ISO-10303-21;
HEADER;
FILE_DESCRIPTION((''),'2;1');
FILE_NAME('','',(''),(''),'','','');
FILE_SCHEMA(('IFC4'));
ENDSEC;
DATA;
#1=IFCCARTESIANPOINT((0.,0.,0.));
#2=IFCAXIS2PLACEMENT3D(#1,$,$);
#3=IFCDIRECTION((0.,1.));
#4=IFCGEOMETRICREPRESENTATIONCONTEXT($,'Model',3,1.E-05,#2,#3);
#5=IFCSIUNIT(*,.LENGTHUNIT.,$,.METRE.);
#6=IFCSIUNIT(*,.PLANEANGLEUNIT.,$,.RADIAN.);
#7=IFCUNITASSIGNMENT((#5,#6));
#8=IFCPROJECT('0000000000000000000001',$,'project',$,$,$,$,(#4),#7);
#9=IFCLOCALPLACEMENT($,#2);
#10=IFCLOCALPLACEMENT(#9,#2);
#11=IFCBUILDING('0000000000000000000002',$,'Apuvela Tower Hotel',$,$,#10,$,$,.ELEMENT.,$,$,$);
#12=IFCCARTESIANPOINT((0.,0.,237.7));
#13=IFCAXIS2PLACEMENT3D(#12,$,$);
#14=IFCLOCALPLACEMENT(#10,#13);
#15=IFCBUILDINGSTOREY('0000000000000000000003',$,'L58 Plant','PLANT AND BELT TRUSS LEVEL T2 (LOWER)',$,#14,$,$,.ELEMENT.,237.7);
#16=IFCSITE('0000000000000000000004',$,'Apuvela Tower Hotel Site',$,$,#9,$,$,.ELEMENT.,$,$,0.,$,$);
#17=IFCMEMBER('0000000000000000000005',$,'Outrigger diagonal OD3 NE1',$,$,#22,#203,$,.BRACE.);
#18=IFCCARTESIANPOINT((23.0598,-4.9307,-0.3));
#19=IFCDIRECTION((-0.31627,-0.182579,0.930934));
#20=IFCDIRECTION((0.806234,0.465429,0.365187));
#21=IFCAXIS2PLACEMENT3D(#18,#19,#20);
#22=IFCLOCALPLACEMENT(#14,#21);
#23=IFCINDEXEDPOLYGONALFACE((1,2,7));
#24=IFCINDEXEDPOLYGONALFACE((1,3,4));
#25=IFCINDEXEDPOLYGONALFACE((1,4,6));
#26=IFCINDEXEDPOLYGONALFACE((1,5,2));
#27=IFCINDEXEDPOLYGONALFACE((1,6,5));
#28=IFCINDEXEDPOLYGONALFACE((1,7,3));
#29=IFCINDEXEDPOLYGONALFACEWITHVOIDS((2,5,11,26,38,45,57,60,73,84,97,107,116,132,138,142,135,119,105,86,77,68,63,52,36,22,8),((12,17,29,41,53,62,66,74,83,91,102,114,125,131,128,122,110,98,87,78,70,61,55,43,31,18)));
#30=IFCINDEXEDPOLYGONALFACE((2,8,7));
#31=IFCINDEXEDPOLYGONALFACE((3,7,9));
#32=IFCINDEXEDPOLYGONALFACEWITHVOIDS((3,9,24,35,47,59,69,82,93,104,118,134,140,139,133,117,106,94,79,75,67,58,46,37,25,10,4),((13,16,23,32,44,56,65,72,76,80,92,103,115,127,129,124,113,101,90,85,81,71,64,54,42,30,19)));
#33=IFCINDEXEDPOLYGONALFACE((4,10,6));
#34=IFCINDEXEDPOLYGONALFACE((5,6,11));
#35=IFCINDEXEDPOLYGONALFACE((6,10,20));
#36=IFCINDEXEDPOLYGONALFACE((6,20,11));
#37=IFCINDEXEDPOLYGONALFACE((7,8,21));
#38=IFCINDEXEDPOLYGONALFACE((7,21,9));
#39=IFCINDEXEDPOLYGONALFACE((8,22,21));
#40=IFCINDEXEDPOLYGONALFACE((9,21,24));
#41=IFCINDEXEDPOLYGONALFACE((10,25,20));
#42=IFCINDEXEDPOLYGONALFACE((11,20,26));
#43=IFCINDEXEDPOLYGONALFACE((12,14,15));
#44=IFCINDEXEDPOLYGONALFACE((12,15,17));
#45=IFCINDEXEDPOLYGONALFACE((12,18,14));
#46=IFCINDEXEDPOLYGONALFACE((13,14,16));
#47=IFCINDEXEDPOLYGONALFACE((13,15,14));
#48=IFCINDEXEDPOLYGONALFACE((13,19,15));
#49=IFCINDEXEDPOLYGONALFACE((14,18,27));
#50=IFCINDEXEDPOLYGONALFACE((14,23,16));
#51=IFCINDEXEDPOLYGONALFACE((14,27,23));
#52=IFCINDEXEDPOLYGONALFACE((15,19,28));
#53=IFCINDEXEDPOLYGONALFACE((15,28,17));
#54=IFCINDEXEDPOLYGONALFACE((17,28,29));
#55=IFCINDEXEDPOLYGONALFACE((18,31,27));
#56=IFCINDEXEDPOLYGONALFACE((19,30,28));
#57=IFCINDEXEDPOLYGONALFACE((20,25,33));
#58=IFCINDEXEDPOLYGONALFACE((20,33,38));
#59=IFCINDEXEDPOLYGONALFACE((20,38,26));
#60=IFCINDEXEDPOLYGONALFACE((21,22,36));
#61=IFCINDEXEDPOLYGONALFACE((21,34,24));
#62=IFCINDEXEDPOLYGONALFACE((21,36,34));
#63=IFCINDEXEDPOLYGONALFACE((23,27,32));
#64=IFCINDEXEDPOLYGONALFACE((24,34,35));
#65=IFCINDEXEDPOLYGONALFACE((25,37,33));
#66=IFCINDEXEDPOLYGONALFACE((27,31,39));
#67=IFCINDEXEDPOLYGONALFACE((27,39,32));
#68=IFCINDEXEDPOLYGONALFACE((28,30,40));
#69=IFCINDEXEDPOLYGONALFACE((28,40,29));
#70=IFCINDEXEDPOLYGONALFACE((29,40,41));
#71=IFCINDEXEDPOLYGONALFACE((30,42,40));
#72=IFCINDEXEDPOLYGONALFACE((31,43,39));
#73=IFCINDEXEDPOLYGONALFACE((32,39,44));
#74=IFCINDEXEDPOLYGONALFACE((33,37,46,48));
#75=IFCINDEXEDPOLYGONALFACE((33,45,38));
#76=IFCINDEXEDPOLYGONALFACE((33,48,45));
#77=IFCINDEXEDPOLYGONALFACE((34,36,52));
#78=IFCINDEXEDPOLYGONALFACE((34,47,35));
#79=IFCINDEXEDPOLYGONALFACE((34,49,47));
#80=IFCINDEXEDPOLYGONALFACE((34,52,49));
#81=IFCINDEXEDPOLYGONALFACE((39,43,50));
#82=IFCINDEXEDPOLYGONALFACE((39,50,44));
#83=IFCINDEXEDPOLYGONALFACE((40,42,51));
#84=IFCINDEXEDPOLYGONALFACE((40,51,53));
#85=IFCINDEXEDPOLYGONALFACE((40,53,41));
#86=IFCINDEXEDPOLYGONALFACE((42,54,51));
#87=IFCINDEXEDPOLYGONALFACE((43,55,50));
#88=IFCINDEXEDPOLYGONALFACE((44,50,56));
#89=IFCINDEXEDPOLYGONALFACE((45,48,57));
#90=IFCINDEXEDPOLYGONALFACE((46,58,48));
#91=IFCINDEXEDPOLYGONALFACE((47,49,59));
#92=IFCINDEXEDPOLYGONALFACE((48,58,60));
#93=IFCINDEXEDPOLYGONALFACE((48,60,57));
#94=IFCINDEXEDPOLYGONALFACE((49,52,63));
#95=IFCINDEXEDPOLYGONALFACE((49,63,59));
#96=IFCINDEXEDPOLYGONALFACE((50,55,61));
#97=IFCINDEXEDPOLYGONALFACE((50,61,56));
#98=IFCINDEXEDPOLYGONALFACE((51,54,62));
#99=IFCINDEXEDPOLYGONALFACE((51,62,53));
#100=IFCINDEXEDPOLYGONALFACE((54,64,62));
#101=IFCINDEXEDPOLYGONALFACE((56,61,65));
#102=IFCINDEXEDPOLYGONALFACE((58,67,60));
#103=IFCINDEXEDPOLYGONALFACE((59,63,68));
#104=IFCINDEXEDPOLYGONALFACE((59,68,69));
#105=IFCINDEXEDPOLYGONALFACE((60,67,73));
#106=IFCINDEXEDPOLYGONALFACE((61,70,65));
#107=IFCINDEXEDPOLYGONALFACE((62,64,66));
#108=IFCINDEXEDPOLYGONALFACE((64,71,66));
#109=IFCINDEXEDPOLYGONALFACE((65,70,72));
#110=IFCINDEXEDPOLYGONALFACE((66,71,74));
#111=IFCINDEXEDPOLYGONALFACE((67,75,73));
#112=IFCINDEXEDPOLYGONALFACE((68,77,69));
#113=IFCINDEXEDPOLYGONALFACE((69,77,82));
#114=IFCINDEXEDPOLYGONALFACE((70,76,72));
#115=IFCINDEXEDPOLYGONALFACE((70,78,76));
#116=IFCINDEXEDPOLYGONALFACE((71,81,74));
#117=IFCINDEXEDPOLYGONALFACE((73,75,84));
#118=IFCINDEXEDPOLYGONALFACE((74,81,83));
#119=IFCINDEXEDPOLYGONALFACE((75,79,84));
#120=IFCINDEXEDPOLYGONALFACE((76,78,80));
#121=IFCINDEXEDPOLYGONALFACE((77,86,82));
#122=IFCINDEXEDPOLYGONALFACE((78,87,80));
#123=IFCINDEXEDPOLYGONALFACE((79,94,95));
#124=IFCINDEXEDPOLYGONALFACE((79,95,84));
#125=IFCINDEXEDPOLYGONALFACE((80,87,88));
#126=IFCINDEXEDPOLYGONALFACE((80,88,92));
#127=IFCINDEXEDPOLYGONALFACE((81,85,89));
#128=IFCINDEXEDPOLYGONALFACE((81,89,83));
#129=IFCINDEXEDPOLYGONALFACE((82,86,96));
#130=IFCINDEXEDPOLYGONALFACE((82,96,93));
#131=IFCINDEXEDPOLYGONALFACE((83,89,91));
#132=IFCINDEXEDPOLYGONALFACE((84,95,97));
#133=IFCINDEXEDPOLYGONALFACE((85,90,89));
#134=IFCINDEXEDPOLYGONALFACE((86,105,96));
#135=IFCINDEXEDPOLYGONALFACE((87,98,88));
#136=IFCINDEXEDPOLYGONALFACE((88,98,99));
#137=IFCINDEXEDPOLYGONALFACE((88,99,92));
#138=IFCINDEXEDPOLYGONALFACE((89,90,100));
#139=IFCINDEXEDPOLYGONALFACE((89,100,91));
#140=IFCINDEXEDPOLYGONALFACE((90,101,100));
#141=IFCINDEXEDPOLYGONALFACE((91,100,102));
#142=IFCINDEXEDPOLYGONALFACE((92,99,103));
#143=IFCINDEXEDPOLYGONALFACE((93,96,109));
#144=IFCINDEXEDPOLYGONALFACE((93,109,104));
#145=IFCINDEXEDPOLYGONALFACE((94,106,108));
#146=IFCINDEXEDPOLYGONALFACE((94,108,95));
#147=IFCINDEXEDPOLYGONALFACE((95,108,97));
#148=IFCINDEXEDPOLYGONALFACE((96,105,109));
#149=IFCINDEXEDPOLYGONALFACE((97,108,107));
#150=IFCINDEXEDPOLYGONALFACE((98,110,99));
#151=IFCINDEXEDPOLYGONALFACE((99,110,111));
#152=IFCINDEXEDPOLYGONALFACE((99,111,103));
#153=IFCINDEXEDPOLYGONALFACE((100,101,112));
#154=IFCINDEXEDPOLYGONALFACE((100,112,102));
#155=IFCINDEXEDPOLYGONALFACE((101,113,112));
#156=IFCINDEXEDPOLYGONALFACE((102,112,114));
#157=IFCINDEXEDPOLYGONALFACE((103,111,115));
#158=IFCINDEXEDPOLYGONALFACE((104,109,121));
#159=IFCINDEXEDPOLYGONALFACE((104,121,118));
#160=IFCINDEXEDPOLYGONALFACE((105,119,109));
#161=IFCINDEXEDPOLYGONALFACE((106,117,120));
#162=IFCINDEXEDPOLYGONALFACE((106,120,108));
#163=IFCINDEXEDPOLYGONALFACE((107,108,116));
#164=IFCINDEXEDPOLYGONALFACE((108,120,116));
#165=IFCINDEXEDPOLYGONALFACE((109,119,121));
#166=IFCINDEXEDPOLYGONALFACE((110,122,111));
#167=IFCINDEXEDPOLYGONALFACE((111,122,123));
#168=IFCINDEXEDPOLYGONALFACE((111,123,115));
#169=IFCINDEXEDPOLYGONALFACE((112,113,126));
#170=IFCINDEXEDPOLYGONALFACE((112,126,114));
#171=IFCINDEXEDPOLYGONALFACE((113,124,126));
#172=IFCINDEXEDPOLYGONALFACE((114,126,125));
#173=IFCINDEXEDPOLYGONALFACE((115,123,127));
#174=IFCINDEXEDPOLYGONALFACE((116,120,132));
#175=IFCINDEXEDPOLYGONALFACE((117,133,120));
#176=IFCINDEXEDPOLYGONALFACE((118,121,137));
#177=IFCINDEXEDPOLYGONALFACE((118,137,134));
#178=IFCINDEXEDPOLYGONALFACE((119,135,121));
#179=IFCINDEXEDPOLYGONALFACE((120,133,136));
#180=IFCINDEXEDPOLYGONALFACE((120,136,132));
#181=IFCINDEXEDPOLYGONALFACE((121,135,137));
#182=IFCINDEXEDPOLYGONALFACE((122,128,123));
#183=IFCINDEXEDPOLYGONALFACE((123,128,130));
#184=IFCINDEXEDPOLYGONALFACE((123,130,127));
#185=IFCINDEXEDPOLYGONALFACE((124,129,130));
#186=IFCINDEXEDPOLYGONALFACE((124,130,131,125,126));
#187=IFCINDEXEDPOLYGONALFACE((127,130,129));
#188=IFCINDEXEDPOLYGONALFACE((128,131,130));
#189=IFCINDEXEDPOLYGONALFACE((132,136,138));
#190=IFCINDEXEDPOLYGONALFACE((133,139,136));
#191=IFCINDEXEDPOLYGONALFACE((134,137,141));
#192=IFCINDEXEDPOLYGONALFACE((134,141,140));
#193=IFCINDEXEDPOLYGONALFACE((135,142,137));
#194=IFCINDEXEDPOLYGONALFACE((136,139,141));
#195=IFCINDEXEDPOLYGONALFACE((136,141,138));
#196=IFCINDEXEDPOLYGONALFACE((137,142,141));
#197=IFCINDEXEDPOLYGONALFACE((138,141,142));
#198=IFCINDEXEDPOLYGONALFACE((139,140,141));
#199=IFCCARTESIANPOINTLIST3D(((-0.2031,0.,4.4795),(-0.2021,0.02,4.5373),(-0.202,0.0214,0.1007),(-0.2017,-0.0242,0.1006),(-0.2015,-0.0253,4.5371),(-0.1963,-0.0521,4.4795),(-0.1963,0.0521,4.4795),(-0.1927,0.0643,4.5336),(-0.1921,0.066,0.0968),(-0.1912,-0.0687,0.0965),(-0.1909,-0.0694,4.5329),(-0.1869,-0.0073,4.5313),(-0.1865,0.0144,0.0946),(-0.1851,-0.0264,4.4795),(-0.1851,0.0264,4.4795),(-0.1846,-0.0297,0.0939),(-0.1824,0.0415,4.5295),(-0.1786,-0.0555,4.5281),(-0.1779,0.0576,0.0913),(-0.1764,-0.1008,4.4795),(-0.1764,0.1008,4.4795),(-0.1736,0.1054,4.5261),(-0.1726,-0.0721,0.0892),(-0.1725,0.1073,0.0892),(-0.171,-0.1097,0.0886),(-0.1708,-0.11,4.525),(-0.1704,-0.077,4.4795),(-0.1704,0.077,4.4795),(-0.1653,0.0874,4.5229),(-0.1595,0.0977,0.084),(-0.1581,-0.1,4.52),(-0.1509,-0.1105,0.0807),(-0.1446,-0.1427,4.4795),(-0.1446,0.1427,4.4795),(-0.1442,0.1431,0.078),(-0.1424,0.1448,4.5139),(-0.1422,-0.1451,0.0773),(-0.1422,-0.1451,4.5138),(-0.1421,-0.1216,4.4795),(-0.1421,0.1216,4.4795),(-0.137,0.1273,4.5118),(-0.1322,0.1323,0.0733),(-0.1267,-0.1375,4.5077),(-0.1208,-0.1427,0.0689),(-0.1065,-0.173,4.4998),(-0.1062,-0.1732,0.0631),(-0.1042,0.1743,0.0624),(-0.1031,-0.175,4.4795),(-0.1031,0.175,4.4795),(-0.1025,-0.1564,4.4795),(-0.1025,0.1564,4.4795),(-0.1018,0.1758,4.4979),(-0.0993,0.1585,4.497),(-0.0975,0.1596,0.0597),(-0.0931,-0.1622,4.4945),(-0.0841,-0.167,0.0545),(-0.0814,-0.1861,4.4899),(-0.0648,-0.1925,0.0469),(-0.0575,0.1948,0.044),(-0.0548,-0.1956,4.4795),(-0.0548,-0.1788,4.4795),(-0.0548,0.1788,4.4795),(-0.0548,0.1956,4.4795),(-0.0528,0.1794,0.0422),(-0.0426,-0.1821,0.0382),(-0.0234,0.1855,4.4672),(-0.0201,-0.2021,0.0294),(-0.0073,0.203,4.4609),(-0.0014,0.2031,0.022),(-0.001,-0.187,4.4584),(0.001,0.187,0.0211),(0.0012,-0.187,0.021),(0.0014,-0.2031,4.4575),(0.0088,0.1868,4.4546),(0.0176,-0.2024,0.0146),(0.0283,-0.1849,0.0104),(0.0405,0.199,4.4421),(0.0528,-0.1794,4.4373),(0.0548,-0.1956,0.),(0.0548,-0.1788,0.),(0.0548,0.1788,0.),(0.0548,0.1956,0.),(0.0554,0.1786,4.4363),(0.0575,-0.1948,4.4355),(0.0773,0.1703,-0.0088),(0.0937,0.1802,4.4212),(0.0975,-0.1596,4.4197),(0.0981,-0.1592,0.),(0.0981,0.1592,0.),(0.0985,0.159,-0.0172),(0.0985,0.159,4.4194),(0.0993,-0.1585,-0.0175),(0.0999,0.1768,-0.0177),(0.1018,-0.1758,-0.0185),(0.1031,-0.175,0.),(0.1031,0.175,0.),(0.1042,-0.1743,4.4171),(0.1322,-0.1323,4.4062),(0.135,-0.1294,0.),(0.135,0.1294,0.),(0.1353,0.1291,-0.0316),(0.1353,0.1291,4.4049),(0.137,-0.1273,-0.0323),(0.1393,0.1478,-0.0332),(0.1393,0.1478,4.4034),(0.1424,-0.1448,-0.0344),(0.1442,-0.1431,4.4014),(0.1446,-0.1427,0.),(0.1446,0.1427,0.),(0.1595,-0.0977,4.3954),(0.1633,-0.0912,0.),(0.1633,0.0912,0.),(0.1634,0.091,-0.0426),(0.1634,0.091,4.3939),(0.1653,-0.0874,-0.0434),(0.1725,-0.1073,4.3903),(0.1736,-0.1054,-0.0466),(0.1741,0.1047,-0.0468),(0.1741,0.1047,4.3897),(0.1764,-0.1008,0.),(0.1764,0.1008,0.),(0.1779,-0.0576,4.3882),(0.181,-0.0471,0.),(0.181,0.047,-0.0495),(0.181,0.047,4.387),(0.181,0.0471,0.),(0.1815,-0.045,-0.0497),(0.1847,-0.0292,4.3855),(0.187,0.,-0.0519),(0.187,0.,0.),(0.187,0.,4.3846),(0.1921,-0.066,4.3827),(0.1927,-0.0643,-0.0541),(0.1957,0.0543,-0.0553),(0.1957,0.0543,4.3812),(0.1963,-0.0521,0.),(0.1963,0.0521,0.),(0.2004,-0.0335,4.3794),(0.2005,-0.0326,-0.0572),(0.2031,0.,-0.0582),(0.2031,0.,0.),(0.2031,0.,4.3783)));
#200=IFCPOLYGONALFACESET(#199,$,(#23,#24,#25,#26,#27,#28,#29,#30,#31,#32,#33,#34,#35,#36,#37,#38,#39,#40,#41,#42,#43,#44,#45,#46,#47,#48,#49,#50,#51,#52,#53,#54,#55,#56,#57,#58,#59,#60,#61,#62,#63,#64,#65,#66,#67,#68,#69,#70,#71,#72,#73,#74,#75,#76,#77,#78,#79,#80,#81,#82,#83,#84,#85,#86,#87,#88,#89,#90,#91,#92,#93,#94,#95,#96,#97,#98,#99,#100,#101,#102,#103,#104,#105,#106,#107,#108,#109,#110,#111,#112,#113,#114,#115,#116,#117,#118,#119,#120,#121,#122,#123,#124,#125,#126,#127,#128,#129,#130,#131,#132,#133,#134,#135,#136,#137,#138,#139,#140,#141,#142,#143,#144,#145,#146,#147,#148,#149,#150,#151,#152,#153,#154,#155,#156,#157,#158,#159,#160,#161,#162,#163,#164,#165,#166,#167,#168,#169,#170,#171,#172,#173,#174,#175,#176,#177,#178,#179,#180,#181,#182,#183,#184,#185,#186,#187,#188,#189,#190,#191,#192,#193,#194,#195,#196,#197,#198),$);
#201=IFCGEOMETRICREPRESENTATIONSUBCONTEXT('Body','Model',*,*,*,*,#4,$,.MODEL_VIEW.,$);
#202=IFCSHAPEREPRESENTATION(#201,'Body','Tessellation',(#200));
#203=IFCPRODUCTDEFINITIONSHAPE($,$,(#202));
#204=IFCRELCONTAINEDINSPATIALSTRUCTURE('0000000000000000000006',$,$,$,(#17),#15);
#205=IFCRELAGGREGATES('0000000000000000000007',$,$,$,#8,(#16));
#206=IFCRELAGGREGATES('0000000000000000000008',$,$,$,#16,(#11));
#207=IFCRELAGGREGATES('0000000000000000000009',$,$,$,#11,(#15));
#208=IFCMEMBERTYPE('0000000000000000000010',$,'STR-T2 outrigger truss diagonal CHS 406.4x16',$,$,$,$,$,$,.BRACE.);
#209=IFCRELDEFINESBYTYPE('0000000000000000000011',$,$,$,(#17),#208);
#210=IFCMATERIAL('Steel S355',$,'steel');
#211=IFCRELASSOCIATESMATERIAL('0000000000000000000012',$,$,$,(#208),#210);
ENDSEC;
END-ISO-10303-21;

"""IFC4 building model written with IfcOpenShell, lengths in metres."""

from ifc_helpers import new_model, si_unit, direction, frame, origin, origin_2d, place, context, subcontext, project, spatial, hollow_circle, extrude, boolean, halfspace, material, material_profile, profile_set, type_object, element, save


model = new_model("IFC4")

# Units and contexts
model_context = context("Model", 3, precision=1e-05, world=origin(), true_north=direction((0.0, 1.0)))
body_context = subcontext(model_context, "Body", "Model", "MODEL_VIEW")
ifc_project = project(units=[si_unit("LENGTHUNIT", "METRE"), si_unit("PLANEANGLEUNIT", "RADIAN")], contexts=[model_context])

# Site, building, storey
site_placement = place(None, origin())
site = spatial("IfcSite", under=ifc_project, at=site_placement, Name="Apuvela Tower Hotel Site", CompositionType="ELEMENT", RefElevation=0.0)
building_placement = place(site_placement, origin())
building = spatial("IfcBuilding", under=site, at=building_placement, Name="Apuvela Tower Hotel", CompositionType="ELEMENT")
storey_placement = place(building_placement, frame((0.0, 0.0, 237.7)))
storey = spatial("IfcBuildingStorey", under=building, at=storey_placement, Name="L58 Plant", Description="PLANT AND BELT TRUSS LEVEL T2 (LOWER)", CompositionType="ELEMENT", Elevation=237.7)

# Member
ifc_material_1 = material(Name="Steel S355", Category="steel")
ifc_material_profile_1 = material_profile(ifc_material_1, hollow_circle(Radius=0.2031, WallThickness=0.0161, at=origin_2d()), Name="CHS 406.4x16")
ifc_profile_set_1 = profile_set([ifc_material_profile_1], Name="Steel S355")
member_type_1 = type_object("IfcMemberType", Name="STR-T2 outrigger truss diagonal CHS 406.4x16", PredefinedType="BRACE", material=ifc_profile_set_1)
member_1_placement = place(storey_placement, frame((23.0598, -4.9307, -0.3), z_axis=(-0.31627, -0.182579, 0.930934), x_axis=(0.806234, 0.465429, 0.365187)))
solid_1 = boolean("DIFFERENCE", boolean("DIFFERENCE", extrude(hollow_circle(Radius=0.2031, WallThickness=0.0161, at=origin_2d()), frame((0.0, 0.0, -0.1997)), (0.0, 0.0, 1.0), 4.8789), halfspace(frame((0.0, 0.0, 0.0215), z_axis=(0.365187, 0.0, 0.930934), x_axis=(0.930934, 0.0, -0.365187)), True)), halfspace(frame((0.0, 0.0, 4.458), z_axis=(0.365187, 0.0, 0.930934), x_axis=(0.930934, 0.0, -0.365187)), False))
element("IfcMember", 1, at=member_1_placement, inside=storey, type_object=member_type_1, Name="Outrigger diagonal OD3 NE1", PredefinedType="BRACE", context=body_context, shape_type="SweptSolid", body=[
    boolean("UNION", boolean("DIFFERENCE", boolean("DIFFERENCE", extrude(hollow_circle(Radius=0.2031, WallThickness=0.0161, at=origin_2d()), origin(), (0.0, 0.0, 1.0), 4.4795), halfspace(frame((0.0, 0.0, 0.0215), z_axis=(0.365187, 0.0, 0.930934), x_axis=(0.930934, 0.0, -0.365187)), True)), halfspace(frame((0.0, 0.0, 4.458), z_axis=(0.365187, 0.0, 0.930934), x_axis=(0.930934, 0.0, -0.365187)), False)), solid_1),
])

save(model, "model.ifc")
